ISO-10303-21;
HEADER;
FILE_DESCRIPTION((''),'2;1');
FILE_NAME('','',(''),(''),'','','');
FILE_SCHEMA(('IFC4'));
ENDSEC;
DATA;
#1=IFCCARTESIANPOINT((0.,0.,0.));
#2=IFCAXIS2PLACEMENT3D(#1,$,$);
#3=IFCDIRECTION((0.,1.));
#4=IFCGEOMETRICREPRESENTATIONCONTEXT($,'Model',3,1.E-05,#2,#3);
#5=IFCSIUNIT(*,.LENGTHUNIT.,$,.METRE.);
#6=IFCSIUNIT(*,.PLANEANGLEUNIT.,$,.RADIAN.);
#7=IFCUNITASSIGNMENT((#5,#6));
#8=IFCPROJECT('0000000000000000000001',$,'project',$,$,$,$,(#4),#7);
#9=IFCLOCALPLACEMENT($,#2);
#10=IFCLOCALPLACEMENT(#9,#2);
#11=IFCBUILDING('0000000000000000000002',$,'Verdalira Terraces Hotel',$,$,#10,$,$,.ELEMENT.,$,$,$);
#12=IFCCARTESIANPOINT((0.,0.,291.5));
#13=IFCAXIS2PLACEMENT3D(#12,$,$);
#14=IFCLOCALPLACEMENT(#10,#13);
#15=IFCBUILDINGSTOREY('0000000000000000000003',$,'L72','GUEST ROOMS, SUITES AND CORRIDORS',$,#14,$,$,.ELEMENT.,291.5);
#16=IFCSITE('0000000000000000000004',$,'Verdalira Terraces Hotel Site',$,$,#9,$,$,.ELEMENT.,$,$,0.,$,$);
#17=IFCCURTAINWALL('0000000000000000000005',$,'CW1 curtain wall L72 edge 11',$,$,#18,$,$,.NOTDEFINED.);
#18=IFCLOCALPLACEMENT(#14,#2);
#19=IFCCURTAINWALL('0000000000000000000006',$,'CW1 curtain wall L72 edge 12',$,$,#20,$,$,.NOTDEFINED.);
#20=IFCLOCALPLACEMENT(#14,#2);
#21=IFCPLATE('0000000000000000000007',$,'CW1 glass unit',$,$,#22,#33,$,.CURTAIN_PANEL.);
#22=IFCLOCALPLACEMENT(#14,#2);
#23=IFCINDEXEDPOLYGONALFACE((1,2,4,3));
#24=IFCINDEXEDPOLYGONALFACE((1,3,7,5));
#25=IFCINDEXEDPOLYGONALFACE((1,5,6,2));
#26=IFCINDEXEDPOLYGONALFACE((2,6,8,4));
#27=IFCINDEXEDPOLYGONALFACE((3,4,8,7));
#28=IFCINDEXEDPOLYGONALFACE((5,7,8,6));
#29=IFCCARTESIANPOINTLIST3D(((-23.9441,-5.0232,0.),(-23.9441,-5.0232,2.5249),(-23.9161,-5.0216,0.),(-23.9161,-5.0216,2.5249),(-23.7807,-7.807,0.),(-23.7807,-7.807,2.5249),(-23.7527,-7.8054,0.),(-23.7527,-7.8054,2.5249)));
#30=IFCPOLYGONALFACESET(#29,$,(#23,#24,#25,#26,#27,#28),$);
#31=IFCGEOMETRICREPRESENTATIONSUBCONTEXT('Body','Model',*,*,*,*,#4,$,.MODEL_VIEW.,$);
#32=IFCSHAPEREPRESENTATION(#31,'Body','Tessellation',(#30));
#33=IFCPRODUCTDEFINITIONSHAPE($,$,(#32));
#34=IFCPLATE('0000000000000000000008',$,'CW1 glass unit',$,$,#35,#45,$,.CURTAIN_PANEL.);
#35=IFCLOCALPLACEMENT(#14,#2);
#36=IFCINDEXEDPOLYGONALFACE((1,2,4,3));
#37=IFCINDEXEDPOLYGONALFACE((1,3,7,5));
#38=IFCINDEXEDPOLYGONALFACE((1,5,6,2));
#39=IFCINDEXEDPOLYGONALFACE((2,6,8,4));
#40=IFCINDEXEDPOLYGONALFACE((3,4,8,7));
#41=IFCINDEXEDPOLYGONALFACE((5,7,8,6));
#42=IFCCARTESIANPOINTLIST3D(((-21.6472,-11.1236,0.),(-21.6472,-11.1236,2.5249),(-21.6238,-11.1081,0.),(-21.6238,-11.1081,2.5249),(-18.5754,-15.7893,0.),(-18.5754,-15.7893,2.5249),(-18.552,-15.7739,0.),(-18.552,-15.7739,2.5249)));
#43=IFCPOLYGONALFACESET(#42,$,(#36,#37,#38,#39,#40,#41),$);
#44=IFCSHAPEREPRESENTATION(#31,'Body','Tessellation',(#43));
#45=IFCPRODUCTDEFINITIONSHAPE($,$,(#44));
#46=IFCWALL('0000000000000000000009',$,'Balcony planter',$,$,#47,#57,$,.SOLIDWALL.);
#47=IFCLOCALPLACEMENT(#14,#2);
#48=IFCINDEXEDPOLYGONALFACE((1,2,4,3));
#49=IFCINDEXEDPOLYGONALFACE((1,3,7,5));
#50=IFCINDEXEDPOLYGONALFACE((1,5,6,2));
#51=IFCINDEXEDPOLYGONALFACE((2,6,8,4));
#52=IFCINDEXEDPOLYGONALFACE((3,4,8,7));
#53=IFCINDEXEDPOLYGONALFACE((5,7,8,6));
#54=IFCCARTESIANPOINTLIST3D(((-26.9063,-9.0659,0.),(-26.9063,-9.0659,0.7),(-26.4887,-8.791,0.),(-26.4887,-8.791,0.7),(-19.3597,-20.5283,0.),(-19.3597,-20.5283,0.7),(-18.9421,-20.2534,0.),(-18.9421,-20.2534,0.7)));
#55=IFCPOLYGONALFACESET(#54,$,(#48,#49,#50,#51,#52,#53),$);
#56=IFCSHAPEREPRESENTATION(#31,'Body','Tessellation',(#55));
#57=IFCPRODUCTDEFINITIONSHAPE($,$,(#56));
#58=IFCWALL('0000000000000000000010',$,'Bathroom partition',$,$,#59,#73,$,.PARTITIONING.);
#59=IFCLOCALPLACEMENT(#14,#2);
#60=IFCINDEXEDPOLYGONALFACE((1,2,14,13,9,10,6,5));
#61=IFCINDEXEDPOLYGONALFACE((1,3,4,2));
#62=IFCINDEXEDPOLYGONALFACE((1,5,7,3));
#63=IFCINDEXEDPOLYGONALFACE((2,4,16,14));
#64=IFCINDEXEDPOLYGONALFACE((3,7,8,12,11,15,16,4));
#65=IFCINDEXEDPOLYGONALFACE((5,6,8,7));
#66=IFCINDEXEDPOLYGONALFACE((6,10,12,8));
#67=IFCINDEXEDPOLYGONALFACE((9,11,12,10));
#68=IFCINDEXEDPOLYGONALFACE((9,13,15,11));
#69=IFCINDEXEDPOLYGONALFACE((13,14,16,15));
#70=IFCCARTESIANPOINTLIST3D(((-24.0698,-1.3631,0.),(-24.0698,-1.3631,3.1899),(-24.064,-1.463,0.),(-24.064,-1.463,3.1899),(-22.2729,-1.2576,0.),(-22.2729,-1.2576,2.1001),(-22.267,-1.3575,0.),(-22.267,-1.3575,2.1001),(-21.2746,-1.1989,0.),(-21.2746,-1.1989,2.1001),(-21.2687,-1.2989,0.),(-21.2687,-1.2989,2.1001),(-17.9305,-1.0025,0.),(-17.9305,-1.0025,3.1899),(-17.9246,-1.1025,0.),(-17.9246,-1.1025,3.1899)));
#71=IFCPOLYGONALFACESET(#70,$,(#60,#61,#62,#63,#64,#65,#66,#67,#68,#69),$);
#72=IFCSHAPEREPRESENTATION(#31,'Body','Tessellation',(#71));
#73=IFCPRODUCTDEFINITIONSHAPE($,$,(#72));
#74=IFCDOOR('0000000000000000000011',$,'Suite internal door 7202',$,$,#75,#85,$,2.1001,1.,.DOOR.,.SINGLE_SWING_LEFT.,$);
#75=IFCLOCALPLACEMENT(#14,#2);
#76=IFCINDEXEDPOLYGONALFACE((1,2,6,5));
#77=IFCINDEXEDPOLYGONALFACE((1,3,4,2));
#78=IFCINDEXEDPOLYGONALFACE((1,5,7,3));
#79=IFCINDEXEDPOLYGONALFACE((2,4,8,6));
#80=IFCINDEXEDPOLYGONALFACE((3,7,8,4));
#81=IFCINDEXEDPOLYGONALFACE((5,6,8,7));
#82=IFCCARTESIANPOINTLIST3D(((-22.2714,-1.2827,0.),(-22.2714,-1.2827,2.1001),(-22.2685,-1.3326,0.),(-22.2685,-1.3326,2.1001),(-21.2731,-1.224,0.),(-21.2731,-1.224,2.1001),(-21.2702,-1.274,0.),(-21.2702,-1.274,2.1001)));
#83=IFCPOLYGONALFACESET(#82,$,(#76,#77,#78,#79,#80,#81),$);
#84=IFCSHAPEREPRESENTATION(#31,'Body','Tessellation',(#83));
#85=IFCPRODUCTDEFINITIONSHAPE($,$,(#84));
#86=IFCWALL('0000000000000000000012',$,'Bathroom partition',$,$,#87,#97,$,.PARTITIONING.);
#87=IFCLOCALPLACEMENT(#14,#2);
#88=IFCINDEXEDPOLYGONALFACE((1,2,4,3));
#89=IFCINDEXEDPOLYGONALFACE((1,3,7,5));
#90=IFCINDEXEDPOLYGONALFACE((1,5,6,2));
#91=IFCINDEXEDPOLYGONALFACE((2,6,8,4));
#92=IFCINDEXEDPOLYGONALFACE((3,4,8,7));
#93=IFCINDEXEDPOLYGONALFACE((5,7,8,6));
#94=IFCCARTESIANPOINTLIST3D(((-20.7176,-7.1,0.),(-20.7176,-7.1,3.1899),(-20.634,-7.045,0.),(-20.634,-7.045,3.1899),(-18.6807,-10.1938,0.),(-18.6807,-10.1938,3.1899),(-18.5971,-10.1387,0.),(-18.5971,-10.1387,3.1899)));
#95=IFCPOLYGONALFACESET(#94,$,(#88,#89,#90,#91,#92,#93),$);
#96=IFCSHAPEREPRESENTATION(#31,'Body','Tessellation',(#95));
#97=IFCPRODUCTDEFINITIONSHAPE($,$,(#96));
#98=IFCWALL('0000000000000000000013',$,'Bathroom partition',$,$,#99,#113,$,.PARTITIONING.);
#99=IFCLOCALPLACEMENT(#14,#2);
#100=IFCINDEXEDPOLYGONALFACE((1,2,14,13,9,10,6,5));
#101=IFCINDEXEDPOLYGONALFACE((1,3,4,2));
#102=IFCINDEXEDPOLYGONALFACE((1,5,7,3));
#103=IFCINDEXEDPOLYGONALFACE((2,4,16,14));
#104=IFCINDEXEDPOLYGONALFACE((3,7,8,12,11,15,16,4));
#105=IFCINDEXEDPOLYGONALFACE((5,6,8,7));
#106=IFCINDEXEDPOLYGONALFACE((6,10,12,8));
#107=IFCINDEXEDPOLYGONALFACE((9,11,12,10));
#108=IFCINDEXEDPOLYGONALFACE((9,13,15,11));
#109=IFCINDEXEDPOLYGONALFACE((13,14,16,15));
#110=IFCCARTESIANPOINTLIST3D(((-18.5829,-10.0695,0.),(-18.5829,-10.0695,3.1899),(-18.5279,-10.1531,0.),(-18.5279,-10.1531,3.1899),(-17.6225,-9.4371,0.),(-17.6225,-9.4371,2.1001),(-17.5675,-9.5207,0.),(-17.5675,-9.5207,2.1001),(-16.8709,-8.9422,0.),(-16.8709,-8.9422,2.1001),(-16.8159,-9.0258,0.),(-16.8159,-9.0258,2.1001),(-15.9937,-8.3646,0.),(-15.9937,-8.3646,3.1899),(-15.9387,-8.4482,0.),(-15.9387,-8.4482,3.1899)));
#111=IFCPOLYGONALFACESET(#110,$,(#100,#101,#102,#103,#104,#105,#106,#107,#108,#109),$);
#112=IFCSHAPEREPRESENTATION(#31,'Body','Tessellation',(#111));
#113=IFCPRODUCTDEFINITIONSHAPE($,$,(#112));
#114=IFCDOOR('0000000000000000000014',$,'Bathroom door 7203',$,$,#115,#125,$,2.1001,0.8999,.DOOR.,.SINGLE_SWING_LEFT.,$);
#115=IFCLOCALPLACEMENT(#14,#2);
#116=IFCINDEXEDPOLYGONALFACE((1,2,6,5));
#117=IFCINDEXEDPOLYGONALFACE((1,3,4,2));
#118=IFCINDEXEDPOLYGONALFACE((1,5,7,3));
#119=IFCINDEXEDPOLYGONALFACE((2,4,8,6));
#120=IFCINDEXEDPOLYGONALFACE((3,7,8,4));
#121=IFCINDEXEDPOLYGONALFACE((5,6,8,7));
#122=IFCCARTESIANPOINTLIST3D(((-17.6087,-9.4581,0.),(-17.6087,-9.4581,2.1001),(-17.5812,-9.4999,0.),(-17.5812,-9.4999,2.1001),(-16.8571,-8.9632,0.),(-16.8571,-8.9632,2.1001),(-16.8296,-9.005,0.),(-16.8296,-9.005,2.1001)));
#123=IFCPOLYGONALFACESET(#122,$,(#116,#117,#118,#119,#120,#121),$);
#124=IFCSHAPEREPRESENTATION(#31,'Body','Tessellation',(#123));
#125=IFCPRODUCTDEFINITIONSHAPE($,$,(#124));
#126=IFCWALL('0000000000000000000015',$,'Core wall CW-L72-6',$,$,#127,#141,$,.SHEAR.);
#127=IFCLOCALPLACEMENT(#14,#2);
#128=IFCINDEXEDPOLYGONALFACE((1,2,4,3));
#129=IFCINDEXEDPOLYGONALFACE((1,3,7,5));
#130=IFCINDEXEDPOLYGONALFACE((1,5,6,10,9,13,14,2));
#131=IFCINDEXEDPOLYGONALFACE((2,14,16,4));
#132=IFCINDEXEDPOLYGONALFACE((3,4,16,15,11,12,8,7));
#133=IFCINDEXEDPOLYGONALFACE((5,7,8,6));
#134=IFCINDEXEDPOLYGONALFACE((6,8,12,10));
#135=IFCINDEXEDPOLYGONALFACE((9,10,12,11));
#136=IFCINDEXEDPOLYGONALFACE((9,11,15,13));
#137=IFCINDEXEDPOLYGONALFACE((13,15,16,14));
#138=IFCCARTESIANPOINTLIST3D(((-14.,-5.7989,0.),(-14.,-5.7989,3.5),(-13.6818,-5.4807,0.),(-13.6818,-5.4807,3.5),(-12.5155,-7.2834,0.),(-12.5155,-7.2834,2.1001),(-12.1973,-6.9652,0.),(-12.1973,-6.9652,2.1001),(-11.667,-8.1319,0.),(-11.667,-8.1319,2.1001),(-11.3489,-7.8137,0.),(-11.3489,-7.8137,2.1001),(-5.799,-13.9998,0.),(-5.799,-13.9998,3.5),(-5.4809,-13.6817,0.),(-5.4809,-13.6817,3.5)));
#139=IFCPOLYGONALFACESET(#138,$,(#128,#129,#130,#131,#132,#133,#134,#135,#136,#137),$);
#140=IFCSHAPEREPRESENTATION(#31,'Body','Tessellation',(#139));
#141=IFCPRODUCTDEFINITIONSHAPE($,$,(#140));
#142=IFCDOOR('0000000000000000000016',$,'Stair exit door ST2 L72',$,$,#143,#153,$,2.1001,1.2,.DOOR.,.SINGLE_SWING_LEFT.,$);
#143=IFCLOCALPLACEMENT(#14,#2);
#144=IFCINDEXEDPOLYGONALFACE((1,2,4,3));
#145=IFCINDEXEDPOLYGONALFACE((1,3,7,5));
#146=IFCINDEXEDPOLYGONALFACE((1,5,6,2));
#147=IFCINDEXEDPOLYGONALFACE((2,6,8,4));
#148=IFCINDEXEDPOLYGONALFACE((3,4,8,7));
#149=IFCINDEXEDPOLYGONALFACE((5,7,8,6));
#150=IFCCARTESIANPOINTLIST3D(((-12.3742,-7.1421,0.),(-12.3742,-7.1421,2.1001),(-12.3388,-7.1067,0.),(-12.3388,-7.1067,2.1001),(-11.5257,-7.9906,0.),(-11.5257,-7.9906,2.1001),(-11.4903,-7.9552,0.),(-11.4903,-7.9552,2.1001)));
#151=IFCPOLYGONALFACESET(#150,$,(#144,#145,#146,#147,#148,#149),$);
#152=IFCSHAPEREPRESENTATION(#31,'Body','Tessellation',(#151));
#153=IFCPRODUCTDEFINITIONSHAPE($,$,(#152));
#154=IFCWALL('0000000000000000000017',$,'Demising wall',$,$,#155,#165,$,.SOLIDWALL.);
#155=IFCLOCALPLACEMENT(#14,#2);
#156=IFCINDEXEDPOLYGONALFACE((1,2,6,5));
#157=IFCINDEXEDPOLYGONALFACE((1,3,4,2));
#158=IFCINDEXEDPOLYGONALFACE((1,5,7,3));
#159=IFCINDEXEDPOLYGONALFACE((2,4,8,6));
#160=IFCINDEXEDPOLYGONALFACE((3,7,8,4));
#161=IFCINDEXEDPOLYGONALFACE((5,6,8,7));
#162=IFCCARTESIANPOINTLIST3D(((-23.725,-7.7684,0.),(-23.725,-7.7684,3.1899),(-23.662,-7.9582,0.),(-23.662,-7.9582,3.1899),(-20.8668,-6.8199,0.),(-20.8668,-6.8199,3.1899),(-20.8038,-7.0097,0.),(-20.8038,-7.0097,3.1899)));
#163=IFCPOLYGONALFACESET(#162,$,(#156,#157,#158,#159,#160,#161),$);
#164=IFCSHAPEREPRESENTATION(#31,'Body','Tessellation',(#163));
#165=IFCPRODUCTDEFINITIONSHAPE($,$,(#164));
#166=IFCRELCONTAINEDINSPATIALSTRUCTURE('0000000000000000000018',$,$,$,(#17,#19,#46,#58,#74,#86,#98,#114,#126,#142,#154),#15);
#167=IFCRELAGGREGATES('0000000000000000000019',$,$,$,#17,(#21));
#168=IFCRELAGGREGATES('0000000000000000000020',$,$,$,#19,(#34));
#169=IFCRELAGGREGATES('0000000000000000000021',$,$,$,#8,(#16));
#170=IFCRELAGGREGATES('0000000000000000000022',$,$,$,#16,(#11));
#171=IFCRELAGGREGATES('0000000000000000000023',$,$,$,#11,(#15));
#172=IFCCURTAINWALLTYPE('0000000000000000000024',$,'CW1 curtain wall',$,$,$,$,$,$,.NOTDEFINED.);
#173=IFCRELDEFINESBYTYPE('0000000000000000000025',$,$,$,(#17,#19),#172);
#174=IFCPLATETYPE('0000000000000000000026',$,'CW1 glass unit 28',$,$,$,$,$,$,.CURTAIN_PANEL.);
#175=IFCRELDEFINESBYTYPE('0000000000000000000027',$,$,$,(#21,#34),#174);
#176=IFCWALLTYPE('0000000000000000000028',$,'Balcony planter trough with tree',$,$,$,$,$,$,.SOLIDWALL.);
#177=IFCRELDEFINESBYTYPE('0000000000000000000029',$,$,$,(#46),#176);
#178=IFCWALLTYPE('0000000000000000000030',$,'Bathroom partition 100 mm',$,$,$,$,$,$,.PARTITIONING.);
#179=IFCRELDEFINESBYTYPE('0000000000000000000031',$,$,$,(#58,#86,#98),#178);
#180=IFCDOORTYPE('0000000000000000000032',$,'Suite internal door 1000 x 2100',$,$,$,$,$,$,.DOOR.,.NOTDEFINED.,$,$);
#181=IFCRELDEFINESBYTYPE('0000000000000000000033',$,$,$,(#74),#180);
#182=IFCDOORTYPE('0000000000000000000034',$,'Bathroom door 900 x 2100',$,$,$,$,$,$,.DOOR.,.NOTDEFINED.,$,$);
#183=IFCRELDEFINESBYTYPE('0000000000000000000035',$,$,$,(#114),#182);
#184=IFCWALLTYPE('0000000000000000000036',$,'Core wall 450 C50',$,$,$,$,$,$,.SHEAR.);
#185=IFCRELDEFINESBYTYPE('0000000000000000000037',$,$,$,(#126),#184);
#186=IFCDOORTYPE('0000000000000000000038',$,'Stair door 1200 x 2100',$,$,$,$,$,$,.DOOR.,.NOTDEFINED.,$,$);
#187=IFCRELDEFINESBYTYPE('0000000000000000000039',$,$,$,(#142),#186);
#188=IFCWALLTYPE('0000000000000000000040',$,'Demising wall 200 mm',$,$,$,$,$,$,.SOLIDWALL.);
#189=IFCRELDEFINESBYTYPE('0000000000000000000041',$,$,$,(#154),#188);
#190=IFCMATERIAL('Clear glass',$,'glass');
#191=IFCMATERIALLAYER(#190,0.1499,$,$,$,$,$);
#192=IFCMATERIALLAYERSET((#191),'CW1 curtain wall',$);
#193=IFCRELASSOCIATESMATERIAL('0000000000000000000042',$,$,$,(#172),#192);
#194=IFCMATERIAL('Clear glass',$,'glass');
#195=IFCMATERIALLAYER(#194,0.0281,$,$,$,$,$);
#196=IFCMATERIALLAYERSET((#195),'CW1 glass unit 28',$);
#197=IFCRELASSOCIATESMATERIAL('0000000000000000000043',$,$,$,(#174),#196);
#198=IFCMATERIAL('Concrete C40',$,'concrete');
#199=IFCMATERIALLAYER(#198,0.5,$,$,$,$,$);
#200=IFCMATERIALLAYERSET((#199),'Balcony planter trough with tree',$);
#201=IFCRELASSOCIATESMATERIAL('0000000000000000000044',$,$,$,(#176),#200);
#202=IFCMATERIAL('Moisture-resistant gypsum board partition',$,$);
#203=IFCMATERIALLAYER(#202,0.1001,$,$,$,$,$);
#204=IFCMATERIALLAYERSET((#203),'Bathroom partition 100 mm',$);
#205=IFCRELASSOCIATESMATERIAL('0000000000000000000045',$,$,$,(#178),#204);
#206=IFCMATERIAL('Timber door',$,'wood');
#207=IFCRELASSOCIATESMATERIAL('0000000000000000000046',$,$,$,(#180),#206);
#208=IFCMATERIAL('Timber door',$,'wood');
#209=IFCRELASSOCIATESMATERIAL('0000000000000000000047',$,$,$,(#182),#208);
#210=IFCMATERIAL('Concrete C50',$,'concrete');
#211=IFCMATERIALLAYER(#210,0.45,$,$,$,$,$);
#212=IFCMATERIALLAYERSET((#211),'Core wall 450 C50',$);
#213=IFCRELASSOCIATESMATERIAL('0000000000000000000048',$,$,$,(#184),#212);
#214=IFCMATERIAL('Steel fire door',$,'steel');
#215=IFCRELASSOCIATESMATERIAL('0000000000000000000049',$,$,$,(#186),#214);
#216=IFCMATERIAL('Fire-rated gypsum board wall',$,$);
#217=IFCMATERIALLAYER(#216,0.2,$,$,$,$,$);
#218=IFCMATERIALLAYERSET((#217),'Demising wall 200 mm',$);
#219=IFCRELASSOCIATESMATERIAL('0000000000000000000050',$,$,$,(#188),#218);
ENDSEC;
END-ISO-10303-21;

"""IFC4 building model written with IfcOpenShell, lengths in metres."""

from ifc_helpers import new_model, si_unit, direction, frame, frame_2d, origin, origin_2d, place, context, subcontext, project, spatial, rectangle, extrude, material, layer, layer_set, type_object, element, fill, aggregate, save


model = new_model("IFC4")

# Units and contexts
model_context = context("Model", 3, precision=1e-05, world=origin(), true_north=direction((0.0, 1.0)))
body_context = subcontext(model_context, "Body", "Model", "MODEL_VIEW")
ifc_project = project(units=[si_unit("LENGTHUNIT", "METRE"), si_unit("PLANEANGLEUNIT", "RADIAN")], contexts=[model_context])

# Site, building, storey
site_placement = place(None, origin())
site = spatial("IfcSite", under=ifc_project, at=site_placement, Name="Verdalira Terraces Hotel Site", CompositionType="ELEMENT", RefElevation=0.0)
building_placement = place(site_placement, origin())
building = spatial("IfcBuilding", under=site, at=building_placement, Name="Verdalira Terraces Hotel", CompositionType="ELEMENT")
storey_placement = place(building_placement, frame((0.0, 0.0, 291.5)))
storey = spatial("IfcBuildingStorey", under=building, at=storey_placement, Name="L72", Description="GUEST ROOMS, SUITES AND CORRIDORS", CompositionType="ELEMENT", Elevation=291.5)

# Curtain wall
ifc_material_1 = material(Name="Clear glass", Category="glass")
ifc_layer_1 = layer(ifc_material_1, 0.1499)
ifc_layer_set_1 = layer_set([ifc_layer_1], Name="CW1 curtain wall")
curtain_wall_type = type_object("IfcCurtainWallType", Name="CW1 curtain wall", PredefinedType="NOTDEFINED", material=ifc_layer_set_1)
curtain_wall_1_placement = place(storey_placement, origin())
curtain_wall_1 = element("IfcCurtainWall", 1, at=curtain_wall_1_placement, inside=storey, type_object=curtain_wall_type, Name="CW1 curtain wall L72 edge 11", PredefinedType="NOTDEFINED")

# Curtain wall
curtain_wall_2_placement = place(storey_placement, origin())
curtain_wall_2 = element("IfcCurtainWall", 2, at=curtain_wall_2_placement, inside=storey, type_object=curtain_wall_type, Name="CW1 curtain wall L72 edge 12", PredefinedType="NOTDEFINED")

# Plates
ifc_material_2 = material(Name="Clear glass", Category="glass")
ifc_layer_2 = layer(ifc_material_2, 0.0281)
ifc_layer_set_2 = layer_set([ifc_layer_2], Name="CW1 glass unit 28")
plate_type = type_object("IfcPlateType", Name="CW1 glass unit 28", PredefinedType="CURTAIN_PANEL", material=ifc_layer_set_2)
plate_1_placement = place(storey_placement, frame((-23.8484, -6.4143, 0.0), z_axis=(0.0, 0.0, 1.0), x_axis=(0.058609, -0.998281, 0.0)))
plate_1 = element("IfcPlate", 3, at=plate_1_placement, type_object=plate_type, Name="CW1 glass unit", PredefinedType="CURTAIN_PANEL", context=body_context, shape_type="SweptSolid", body=[
    extrude(rectangle(XDim=2.7886, YDim=0.0281, at=origin_2d()), origin(), (0.0, 0.0, 1.0), 2.5249),
])
aggregate(curtain_wall_1, [plate_1])
plate_2_placement = place(storey_placement, frame((-20.0996, -13.4487, 0.0), z_axis=(0.0, 0.0, 1.0), x_axis=(0.549898, -0.835232, 0.0)))
plate_2 = element("IfcPlate", 4, at=plate_2_placement, type_object=plate_type, Name="CW1 glass unit", PredefinedType="CURTAIN_PANEL", context=body_context, shape_type="SweptSolid", body=[
    extrude(rectangle(XDim=5.5862, YDim=0.0281, at=origin_2d()), origin(), (0.0, 0.0, 1.0), 2.5249),
])
aggregate(curtain_wall_2, [plate_2])

# Wall
ifc_material_3 = material(Name="Concrete C40", Category="concrete")
ifc_layer_3 = layer(ifc_material_3, 0.5)
ifc_layer_set_3 = layer_set([ifc_layer_3], Name="Balcony planter trough with tree")
wall_type_1 = type_object("IfcWallType", Name="Balcony planter trough with tree", PredefinedType="SOLIDWALL", material=ifc_layer_set_3)
wall_1_placement = place(storey_placement, frame((-26.6975, -8.9285, 0.0), z_axis=(0.0, 0.0, 1.0), x_axis=(0.5499, -0.83523, 0.0)))
element("IfcWall", 5, at=wall_1_placement, inside=storey, type_object=wall_type_1, Name="Balcony planter", PredefinedType="SOLIDWALL", context=body_context, shape_type="SweptSolid", body=[
    extrude(rectangle(XDim=13.7236, YDim=0.5, at=frame_2d((6.8618, 0.0))), origin(), (0.0, 0.0, 1.0), 0.7),
])

# Wall, opening, door
ifc_material_4 = material(Name="Moisture-resistant gypsum board partition")
ifc_layer_4 = layer(ifc_material_4, 0.1001)
ifc_layer_set_4 = layer_set([ifc_layer_4], Name="Bathroom partition 100 mm")
wall_type_2 = type_object("IfcWallType", Name="Bathroom partition 100 mm", PredefinedType="PARTITIONING", material=ifc_layer_set_4)
wall_2_placement = place(storey_placement, frame((-24.0669, -1.4131, 0.0), z_axis=(0.0, 0.0, 1.0), x_axis=(0.99828, 0.058634, 0.0)))
wall_2 = element("IfcWall", 6, at=wall_2_placement, inside=storey, type_object=wall_type_2, Name="Bathroom partition", PredefinedType="PARTITIONING", context=body_context, shape_type="SweptSolid", body=[
    extrude(rectangle(XDim=6.1499, YDim=0.1001, at=frame_2d((3.075, 0.0))), origin(), (0.0, 0.0, 1.0), 3.1899),
])
opening_1_placement = place(wall_2_placement, frame((1.8, 0.0, 0.0)))
opening_1 = element("IfcOpeningElement", 7, at=opening_1_placement, cuts=wall_2, PredefinedType="OPENING", context=body_context, shape_type="SweptSolid", body=[
    extrude(rectangle(XDim=1.0, YDim=2.1001, at=frame_2d((0.5, 1.05))), frame((0.0, 0.0601, 0.0), z_axis=(0.0, -1.0, 0.0), x_axis=(1.0, 0.0, 0.0)), (0.0, 0.0, 1.0), 0.1201),
])
ifc_material_5 = material(Name="Timber door", Category="wood")
door_type_1 = type_object("IfcDoorType", Name="Suite internal door 1000 x 2100", OperationType="NOTDEFINED", PredefinedType="DOOR", material=ifc_material_5)
door_1_placement = place(opening_1_placement, origin())
door_1 = element("IfcDoor", 8, at=door_1_placement, inside=storey, type_object=door_type_1, Name="Suite internal door 7202", OperationType="SINGLE_SWING_LEFT", OverallHeight=2.1001, OverallWidth=1.0, PredefinedType="DOOR", context=body_context, shape_type="SweptSolid", body=[
    extrude(rectangle(XDim=1.0, YDim=2.1001, at=frame_2d((0.5, 1.05))), frame((0.0, 0.0249, 0.0), z_axis=(0.0, -1.0, 0.0), x_axis=(1.0, 0.0, 0.0)), (0.0, 0.0, 1.0), 0.05),
])
fill(opening_1, door_1)

# Wall
wall_3_placement = place(storey_placement, frame((-18.6389, -10.1663, 0.0), z_axis=(0.0, 0.0, 1.0), x_axis=(-0.5499, 0.835231, 0.0)))
element("IfcWall", 9, at=wall_3_placement, inside=storey, type_object=wall_type_2, Name="Bathroom partition", PredefinedType="PARTITIONING", context=body_context, shape_type="SweptSolid", body=[
    extrude(rectangle(XDim=3.7041, YDim=0.1001, at=frame_2d((1.8521, 0.0))), origin(), (0.0, 0.0, 1.0), 3.1899),
])

# Walls, openings, doors
wall_4_placement = place(storey_placement, frame((-18.5554, -10.1113, 0.0), z_axis=(0.0, 0.0, 1.0), x_axis=(0.835199, 0.549948, 0.0)))
wall_4 = element("IfcWall", 10, at=wall_4_placement, inside=storey, type_object=wall_type_2, Name="Bathroom partition", PredefinedType="PARTITIONING", context=body_context, shape_type="SweptSolid", body=[
    extrude(rectangle(XDim=3.1001, YDim=0.1001, at=frame_2d((1.55, 0.0))), origin(), (0.0, 0.0, 1.0), 3.1899),
])
opening_2_placement = place(wall_4_placement, frame((1.1499, 0.0, 0.0)))
opening_2 = element("IfcOpeningElement", 11, at=opening_2_placement, cuts=wall_4, PredefinedType="OPENING", context=body_context, shape_type="SweptSolid", body=[
    extrude(rectangle(XDim=0.8999, YDim=2.1001, at=frame_2d((0.45, 1.05))), frame((0.0, 0.0601, 0.0), z_axis=(0.0, -1.0, 0.0), x_axis=(1.0, 0.0, 0.0)), (0.0, 0.0, 1.0), 0.1201),
])
ifc_material_6 = material(Name="Timber door", Category="wood")
door_type_2 = type_object("IfcDoorType", Name="Bathroom door 900 x 2100", OperationType="NOTDEFINED", PredefinedType="DOOR", material=ifc_material_6)
door_2_placement = place(opening_2_placement, origin())
door_2 = element("IfcDoor", 12, at=door_2_placement, inside=storey, type_object=door_type_2, Name="Bathroom door 7203", OperationType="SINGLE_SWING_LEFT", OverallHeight=2.1001, OverallWidth=0.8999, PredefinedType="DOOR", context=body_context, shape_type="SweptSolid", body=[
    extrude(rectangle(XDim=0.8999, YDim=2.1001, at=frame_2d((0.45, 1.05))), frame((0.0, 0.0249, 0.0), z_axis=(0.0, -1.0, 0.0), x_axis=(1.0, 0.0, 0.0)), (0.0, 0.0, 1.0), 0.05),
])
fill(opening_2, door_2)
ifc_material_7 = material(Name="Concrete C50", Category="concrete")
ifc_layer_5 = layer(ifc_material_7, 0.45)
ifc_layer_set_5 = layer_set([ifc_layer_5], Name="Core wall 450 C50")
wall_type_3 = type_object("IfcWallType", Name="Core wall 450 C50", PredefinedType="SHEAR", material=ifc_layer_set_5)
wall_5_placement = place(storey_placement, frame((-13.8408, -5.6399, 0.0), z_axis=(0.0, 0.0, 1.0), x_axis=(0.707107, -0.707107, 0.0)))
wall_5 = element("IfcWall", 13, at=wall_5_placement, inside=storey, type_object=wall_type_3, Name="Core wall CW-L72-6", PredefinedType="SHEAR", context=body_context, shape_type="SweptSolid", body=[
    extrude(rectangle(XDim=11.5979, YDim=0.45, at=frame_2d((5.7988, 0.0))), origin(), (0.0, 0.0, 1.0), 3.5),
])
opening_3_placement = place(wall_5_placement, frame((2.0991, 0.0, 0.0)))
opening_3 = element("IfcOpeningElement", 14, at=opening_3_placement, cuts=wall_5, PredefinedType="OPENING", context=body_context, shape_type="SweptSolid", body=[
    extrude(rectangle(XDim=1.2, YDim=2.1001, at=frame_2d((0.6001, 1.05))), frame((0.0, 0.2349, 0.0), z_axis=(0.0, -1.0, 0.0), x_axis=(1.0, 0.0, 0.0)), (0.0, 0.0, 1.0), 0.47),
])
ifc_material_8 = material(Name="Steel fire door", Category="steel")
door_type_3 = type_object("IfcDoorType", Name="Stair door 1200 x 2100", OperationType="NOTDEFINED", PredefinedType="DOOR", material=ifc_material_8)
door_3_placement = place(opening_3_placement, origin())
door_3 = element("IfcDoor", 15, at=door_3_placement, inside=storey, type_object=door_type_3, Name="Stair exit door ST2 L72", OperationType="SINGLE_SWING_LEFT", OverallHeight=2.1001, OverallWidth=1.2, PredefinedType="DOOR", context=body_context, shape_type="SweptSolid", body=[
    extrude(rectangle(XDim=1.2, YDim=2.1001, at=frame_2d((0.6001, 1.05))), frame((0.0, 0.0249, 0.0), z_axis=(0.0, -1.0, 0.0), x_axis=(1.0, 0.0, 0.0)), (0.0, 0.0, 1.0), 0.05),
])
fill(opening_3, door_3)

# Wall
ifc_material_9 = material(Name="Fire-rated gypsum board wall")
ifc_layer_6 = layer(ifc_material_9, 0.2)
ifc_layer_set_6 = layer_set([ifc_layer_6], Name="Demising wall 200 mm")
wall_type_4 = type_object("IfcWallType", Name="Demising wall 200 mm", PredefinedType="SOLIDWALL", material=ifc_layer_set_6)
wall_6_placement = place(storey_placement, frame((-20.8352, -6.9148, 0.0), z_axis=(0.0, 0.0, 1.0), x_axis=(-0.949104, -0.314963, 0.0)))
element("IfcWall", 16, at=wall_6_placement, inside=storey, type_object=wall_type_4, Name="Demising wall", PredefinedType="SOLIDWALL", context=body_context, shape_type="SweptSolid", body=[
    extrude(rectangle(XDim=3.0115, YDim=0.2, at=frame_2d((1.5059, 0.0))), origin(), (0.0, 0.0, 1.0), 3.1899),
])

save(model, "model.ifc")
